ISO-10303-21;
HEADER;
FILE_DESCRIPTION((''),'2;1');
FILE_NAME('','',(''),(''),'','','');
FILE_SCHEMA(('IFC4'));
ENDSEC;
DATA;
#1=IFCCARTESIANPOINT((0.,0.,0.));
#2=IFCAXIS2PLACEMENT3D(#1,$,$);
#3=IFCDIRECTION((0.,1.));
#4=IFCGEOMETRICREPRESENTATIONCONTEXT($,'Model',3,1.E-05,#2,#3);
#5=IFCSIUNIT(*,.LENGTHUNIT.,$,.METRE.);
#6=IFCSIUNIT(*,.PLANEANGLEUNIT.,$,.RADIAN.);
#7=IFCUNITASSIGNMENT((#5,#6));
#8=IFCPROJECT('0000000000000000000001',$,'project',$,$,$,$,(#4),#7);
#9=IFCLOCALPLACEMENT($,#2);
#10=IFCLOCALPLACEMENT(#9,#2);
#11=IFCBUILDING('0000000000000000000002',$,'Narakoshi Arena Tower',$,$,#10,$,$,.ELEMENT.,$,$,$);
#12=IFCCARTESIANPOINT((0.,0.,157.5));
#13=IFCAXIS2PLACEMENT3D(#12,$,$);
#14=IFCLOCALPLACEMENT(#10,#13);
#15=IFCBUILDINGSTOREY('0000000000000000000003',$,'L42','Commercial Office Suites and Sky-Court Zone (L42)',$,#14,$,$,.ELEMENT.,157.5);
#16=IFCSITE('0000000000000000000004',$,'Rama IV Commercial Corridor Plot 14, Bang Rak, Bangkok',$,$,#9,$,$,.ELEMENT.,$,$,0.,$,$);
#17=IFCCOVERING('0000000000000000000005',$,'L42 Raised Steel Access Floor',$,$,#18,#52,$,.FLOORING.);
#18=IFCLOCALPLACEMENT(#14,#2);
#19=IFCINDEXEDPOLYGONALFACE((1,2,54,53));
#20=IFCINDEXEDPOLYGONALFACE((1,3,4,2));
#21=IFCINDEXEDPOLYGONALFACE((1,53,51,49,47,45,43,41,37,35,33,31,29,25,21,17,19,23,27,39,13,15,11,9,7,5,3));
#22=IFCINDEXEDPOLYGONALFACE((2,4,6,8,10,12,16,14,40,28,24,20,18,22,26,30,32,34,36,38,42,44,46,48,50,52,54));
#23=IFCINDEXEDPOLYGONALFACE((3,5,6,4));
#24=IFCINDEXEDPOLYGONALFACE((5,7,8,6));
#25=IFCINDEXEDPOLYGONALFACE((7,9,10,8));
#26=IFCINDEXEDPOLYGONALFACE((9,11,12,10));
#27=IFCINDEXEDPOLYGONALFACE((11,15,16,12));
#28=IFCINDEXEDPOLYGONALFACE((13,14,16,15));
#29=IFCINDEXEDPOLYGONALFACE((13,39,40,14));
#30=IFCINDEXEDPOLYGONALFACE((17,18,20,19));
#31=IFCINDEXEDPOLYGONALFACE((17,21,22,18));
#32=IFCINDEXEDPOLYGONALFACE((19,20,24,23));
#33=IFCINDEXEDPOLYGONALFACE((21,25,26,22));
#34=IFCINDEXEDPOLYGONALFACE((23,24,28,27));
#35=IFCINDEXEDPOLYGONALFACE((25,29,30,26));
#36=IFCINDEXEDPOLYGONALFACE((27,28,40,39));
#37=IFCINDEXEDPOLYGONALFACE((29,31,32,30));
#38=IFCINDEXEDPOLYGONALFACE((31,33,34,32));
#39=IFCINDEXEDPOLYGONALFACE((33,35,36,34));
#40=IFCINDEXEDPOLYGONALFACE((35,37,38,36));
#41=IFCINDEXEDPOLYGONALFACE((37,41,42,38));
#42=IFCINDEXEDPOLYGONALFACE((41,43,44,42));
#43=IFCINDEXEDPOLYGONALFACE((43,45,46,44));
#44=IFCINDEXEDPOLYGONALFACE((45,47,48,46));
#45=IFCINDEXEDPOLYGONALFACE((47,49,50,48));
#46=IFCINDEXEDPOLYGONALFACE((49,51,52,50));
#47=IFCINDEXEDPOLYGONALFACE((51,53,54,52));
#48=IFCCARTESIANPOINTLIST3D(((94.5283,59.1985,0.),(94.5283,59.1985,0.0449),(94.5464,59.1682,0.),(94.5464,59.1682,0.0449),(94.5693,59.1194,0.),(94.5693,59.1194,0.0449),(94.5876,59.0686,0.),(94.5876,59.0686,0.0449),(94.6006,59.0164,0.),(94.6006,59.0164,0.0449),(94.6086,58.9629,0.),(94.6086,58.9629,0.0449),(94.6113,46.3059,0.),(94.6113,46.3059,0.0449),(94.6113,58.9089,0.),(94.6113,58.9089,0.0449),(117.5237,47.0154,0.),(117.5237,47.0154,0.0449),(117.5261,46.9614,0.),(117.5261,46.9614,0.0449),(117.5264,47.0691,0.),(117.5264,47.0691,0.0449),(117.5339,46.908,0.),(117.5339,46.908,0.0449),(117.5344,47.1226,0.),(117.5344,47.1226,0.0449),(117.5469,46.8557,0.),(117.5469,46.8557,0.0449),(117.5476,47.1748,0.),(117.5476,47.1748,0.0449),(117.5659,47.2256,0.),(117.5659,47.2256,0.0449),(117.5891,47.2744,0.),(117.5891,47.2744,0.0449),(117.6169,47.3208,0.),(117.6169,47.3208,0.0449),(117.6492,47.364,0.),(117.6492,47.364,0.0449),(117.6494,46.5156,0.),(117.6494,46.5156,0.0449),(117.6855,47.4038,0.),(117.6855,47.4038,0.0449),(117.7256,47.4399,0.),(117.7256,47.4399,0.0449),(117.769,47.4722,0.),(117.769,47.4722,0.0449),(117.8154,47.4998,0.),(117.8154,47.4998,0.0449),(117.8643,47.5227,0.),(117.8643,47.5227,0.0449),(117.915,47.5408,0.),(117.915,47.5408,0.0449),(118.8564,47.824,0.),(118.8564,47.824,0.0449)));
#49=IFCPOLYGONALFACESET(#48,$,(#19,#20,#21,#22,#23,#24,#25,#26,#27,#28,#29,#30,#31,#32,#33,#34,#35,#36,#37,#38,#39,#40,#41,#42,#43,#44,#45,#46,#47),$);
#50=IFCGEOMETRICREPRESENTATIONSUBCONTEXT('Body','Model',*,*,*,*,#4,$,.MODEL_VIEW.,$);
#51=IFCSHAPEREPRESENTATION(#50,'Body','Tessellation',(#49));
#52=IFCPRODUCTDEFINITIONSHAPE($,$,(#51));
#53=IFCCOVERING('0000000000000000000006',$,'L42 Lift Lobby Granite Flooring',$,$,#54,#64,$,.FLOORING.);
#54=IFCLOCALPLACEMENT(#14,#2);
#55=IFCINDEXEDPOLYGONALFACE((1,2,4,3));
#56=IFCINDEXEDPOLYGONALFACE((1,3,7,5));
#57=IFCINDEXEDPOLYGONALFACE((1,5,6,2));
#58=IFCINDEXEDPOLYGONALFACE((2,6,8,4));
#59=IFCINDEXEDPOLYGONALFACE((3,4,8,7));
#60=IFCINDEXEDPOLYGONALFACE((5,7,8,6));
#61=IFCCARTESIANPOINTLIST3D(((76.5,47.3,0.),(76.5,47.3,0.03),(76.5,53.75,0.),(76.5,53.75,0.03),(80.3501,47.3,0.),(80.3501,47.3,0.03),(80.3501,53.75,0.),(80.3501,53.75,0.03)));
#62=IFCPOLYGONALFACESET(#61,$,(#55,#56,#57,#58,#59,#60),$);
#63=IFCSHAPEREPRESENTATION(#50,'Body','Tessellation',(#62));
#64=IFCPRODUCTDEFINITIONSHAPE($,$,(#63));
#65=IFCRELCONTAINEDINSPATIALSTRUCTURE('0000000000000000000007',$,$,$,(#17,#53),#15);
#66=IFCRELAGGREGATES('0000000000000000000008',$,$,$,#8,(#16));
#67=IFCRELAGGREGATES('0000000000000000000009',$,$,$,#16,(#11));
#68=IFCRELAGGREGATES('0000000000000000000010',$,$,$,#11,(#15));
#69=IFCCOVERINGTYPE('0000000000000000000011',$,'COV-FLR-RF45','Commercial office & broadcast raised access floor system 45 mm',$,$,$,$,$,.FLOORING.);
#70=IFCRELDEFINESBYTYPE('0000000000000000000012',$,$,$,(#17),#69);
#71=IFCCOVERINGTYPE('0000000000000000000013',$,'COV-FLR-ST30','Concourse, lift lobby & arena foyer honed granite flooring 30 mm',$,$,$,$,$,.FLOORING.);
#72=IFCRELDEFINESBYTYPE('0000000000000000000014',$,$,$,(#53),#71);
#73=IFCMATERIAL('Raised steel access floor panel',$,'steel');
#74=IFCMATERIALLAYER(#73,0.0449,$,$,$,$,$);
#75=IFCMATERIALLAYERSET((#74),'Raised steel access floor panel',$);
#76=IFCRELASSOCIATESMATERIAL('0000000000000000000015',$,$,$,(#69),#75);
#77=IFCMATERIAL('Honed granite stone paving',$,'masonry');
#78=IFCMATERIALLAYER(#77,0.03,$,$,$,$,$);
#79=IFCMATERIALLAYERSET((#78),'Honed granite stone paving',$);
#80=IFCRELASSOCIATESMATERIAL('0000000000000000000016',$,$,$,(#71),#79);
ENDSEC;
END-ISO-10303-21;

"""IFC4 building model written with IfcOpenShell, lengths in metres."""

from ifc_helpers import new_model, si_unit, direction, frame, origin, place, context, subcontext, project, spatial, polyline, outline, extrude, material, layer, layer_set, type_object, element, save


model = new_model("IFC4")

# Units and contexts
model_context = context("Model", 3, precision=1e-05, world=origin(), true_north=direction((0.0, 1.0)))
body_context = subcontext(model_context, "Body", "Model", "MODEL_VIEW")
ifc_project = project(units=[si_unit("LENGTHUNIT", "METRE"), si_unit("PLANEANGLEUNIT", "RADIAN")], contexts=[model_context])

# Site, building, storey
site_placement = place(None, origin())
site = spatial("IfcSite", under=ifc_project, at=site_placement, Name="Rama IV Commercial Corridor Plot 14, Bang Rak, Bangkok", CompositionType="ELEMENT", RefElevation=0.0)
building_placement = place(site_placement, origin())
building = spatial("IfcBuilding", under=site, at=building_placement, Name="Narakoshi Arena Tower", CompositionType="ELEMENT")
storey_placement = place(building_placement, frame((0.0, 0.0, 157.5)))
storey = spatial("IfcBuildingStorey", under=building, at=storey_placement, Name="L42", Description="Commercial Office Suites and Sky-Court Zone (L42)", CompositionType="ELEMENT", Elevation=157.5)

# Coverings
ifc_material_1 = material(Name="Raised steel access floor panel", Category="steel")
ifc_layer_1 = layer(ifc_material_1, 0.0449)
ifc_layer_set_1 = layer_set([ifc_layer_1], Name="Raised steel access floor panel")
covering_type_1 = type_object("IfcCoveringType", Name="COV-FLR-RF45", Description="Commercial office & broadcast raised access floor system 45 mm", PredefinedType="FLOORING", material=ifc_layer_set_1)
covering_1_placement = place(storey_placement, origin())
element("IfcCovering", 1, at=covering_1_placement, inside=storey, type_object=covering_type_1, Name="L42 Raised Steel Access Floor", PredefinedType="FLOORING", context=body_context, shape_type="SweptSolid", body=[
    extrude(outline(polyline([(118.8564, 47.824), (117.915, 47.5408), (117.8643, 47.5227), (117.8154, 47.4998), (117.769, 47.4722), (117.7256, 47.4399), (117.6855, 47.4038), (117.6492, 47.364), (117.6169, 47.3208), (117.5891, 47.2744), (117.5659, 47.2256), (117.5476, 47.1748), (117.5344, 47.1226), (117.5264, 47.0691), (117.5237, 47.0154), (117.5261, 46.9614), (117.5339, 46.908), (117.5469, 46.8557), (117.6494, 46.5156), (94.6113, 46.3059), (94.6113, 58.9089), (94.6086, 58.9629), (94.6006, 59.0164), (94.5876, 59.0686), (94.5693, 59.1194), (94.5464, 59.1682), (94.5283, 59.1985), (118.8564, 47.824)])), origin(), (0.0, 0.0, 1.0), 0.0449),
])
ifc_material_2 = material(Name="Honed granite stone paving", Category="masonry")
ifc_layer_2 = layer(ifc_material_2, 0.03)
ifc_layer_set_2 = layer_set([ifc_layer_2], Name="Honed granite stone paving")
covering_type_2 = type_object("IfcCoveringType", Name="COV-FLR-ST30", Description="Concourse, lift lobby & arena foyer honed granite flooring 30 mm", PredefinedType="FLOORING", material=ifc_layer_set_2)
covering_2_placement = place(storey_placement, origin())
element("IfcCovering", 2, at=covering_2_placement, inside=storey, type_object=covering_type_2, Name="L42 Lift Lobby Granite Flooring", PredefinedType="FLOORING", context=body_context, shape_type="SweptSolid", body=[
    extrude(outline(polyline([(76.5, 47.3), (80.3501, 47.3), (80.3501, 53.75), (76.5, 53.75), (76.5, 47.3)])), origin(), (0.0, 0.0, 1.0), 0.03),
])

save(model, "model.ifc")
